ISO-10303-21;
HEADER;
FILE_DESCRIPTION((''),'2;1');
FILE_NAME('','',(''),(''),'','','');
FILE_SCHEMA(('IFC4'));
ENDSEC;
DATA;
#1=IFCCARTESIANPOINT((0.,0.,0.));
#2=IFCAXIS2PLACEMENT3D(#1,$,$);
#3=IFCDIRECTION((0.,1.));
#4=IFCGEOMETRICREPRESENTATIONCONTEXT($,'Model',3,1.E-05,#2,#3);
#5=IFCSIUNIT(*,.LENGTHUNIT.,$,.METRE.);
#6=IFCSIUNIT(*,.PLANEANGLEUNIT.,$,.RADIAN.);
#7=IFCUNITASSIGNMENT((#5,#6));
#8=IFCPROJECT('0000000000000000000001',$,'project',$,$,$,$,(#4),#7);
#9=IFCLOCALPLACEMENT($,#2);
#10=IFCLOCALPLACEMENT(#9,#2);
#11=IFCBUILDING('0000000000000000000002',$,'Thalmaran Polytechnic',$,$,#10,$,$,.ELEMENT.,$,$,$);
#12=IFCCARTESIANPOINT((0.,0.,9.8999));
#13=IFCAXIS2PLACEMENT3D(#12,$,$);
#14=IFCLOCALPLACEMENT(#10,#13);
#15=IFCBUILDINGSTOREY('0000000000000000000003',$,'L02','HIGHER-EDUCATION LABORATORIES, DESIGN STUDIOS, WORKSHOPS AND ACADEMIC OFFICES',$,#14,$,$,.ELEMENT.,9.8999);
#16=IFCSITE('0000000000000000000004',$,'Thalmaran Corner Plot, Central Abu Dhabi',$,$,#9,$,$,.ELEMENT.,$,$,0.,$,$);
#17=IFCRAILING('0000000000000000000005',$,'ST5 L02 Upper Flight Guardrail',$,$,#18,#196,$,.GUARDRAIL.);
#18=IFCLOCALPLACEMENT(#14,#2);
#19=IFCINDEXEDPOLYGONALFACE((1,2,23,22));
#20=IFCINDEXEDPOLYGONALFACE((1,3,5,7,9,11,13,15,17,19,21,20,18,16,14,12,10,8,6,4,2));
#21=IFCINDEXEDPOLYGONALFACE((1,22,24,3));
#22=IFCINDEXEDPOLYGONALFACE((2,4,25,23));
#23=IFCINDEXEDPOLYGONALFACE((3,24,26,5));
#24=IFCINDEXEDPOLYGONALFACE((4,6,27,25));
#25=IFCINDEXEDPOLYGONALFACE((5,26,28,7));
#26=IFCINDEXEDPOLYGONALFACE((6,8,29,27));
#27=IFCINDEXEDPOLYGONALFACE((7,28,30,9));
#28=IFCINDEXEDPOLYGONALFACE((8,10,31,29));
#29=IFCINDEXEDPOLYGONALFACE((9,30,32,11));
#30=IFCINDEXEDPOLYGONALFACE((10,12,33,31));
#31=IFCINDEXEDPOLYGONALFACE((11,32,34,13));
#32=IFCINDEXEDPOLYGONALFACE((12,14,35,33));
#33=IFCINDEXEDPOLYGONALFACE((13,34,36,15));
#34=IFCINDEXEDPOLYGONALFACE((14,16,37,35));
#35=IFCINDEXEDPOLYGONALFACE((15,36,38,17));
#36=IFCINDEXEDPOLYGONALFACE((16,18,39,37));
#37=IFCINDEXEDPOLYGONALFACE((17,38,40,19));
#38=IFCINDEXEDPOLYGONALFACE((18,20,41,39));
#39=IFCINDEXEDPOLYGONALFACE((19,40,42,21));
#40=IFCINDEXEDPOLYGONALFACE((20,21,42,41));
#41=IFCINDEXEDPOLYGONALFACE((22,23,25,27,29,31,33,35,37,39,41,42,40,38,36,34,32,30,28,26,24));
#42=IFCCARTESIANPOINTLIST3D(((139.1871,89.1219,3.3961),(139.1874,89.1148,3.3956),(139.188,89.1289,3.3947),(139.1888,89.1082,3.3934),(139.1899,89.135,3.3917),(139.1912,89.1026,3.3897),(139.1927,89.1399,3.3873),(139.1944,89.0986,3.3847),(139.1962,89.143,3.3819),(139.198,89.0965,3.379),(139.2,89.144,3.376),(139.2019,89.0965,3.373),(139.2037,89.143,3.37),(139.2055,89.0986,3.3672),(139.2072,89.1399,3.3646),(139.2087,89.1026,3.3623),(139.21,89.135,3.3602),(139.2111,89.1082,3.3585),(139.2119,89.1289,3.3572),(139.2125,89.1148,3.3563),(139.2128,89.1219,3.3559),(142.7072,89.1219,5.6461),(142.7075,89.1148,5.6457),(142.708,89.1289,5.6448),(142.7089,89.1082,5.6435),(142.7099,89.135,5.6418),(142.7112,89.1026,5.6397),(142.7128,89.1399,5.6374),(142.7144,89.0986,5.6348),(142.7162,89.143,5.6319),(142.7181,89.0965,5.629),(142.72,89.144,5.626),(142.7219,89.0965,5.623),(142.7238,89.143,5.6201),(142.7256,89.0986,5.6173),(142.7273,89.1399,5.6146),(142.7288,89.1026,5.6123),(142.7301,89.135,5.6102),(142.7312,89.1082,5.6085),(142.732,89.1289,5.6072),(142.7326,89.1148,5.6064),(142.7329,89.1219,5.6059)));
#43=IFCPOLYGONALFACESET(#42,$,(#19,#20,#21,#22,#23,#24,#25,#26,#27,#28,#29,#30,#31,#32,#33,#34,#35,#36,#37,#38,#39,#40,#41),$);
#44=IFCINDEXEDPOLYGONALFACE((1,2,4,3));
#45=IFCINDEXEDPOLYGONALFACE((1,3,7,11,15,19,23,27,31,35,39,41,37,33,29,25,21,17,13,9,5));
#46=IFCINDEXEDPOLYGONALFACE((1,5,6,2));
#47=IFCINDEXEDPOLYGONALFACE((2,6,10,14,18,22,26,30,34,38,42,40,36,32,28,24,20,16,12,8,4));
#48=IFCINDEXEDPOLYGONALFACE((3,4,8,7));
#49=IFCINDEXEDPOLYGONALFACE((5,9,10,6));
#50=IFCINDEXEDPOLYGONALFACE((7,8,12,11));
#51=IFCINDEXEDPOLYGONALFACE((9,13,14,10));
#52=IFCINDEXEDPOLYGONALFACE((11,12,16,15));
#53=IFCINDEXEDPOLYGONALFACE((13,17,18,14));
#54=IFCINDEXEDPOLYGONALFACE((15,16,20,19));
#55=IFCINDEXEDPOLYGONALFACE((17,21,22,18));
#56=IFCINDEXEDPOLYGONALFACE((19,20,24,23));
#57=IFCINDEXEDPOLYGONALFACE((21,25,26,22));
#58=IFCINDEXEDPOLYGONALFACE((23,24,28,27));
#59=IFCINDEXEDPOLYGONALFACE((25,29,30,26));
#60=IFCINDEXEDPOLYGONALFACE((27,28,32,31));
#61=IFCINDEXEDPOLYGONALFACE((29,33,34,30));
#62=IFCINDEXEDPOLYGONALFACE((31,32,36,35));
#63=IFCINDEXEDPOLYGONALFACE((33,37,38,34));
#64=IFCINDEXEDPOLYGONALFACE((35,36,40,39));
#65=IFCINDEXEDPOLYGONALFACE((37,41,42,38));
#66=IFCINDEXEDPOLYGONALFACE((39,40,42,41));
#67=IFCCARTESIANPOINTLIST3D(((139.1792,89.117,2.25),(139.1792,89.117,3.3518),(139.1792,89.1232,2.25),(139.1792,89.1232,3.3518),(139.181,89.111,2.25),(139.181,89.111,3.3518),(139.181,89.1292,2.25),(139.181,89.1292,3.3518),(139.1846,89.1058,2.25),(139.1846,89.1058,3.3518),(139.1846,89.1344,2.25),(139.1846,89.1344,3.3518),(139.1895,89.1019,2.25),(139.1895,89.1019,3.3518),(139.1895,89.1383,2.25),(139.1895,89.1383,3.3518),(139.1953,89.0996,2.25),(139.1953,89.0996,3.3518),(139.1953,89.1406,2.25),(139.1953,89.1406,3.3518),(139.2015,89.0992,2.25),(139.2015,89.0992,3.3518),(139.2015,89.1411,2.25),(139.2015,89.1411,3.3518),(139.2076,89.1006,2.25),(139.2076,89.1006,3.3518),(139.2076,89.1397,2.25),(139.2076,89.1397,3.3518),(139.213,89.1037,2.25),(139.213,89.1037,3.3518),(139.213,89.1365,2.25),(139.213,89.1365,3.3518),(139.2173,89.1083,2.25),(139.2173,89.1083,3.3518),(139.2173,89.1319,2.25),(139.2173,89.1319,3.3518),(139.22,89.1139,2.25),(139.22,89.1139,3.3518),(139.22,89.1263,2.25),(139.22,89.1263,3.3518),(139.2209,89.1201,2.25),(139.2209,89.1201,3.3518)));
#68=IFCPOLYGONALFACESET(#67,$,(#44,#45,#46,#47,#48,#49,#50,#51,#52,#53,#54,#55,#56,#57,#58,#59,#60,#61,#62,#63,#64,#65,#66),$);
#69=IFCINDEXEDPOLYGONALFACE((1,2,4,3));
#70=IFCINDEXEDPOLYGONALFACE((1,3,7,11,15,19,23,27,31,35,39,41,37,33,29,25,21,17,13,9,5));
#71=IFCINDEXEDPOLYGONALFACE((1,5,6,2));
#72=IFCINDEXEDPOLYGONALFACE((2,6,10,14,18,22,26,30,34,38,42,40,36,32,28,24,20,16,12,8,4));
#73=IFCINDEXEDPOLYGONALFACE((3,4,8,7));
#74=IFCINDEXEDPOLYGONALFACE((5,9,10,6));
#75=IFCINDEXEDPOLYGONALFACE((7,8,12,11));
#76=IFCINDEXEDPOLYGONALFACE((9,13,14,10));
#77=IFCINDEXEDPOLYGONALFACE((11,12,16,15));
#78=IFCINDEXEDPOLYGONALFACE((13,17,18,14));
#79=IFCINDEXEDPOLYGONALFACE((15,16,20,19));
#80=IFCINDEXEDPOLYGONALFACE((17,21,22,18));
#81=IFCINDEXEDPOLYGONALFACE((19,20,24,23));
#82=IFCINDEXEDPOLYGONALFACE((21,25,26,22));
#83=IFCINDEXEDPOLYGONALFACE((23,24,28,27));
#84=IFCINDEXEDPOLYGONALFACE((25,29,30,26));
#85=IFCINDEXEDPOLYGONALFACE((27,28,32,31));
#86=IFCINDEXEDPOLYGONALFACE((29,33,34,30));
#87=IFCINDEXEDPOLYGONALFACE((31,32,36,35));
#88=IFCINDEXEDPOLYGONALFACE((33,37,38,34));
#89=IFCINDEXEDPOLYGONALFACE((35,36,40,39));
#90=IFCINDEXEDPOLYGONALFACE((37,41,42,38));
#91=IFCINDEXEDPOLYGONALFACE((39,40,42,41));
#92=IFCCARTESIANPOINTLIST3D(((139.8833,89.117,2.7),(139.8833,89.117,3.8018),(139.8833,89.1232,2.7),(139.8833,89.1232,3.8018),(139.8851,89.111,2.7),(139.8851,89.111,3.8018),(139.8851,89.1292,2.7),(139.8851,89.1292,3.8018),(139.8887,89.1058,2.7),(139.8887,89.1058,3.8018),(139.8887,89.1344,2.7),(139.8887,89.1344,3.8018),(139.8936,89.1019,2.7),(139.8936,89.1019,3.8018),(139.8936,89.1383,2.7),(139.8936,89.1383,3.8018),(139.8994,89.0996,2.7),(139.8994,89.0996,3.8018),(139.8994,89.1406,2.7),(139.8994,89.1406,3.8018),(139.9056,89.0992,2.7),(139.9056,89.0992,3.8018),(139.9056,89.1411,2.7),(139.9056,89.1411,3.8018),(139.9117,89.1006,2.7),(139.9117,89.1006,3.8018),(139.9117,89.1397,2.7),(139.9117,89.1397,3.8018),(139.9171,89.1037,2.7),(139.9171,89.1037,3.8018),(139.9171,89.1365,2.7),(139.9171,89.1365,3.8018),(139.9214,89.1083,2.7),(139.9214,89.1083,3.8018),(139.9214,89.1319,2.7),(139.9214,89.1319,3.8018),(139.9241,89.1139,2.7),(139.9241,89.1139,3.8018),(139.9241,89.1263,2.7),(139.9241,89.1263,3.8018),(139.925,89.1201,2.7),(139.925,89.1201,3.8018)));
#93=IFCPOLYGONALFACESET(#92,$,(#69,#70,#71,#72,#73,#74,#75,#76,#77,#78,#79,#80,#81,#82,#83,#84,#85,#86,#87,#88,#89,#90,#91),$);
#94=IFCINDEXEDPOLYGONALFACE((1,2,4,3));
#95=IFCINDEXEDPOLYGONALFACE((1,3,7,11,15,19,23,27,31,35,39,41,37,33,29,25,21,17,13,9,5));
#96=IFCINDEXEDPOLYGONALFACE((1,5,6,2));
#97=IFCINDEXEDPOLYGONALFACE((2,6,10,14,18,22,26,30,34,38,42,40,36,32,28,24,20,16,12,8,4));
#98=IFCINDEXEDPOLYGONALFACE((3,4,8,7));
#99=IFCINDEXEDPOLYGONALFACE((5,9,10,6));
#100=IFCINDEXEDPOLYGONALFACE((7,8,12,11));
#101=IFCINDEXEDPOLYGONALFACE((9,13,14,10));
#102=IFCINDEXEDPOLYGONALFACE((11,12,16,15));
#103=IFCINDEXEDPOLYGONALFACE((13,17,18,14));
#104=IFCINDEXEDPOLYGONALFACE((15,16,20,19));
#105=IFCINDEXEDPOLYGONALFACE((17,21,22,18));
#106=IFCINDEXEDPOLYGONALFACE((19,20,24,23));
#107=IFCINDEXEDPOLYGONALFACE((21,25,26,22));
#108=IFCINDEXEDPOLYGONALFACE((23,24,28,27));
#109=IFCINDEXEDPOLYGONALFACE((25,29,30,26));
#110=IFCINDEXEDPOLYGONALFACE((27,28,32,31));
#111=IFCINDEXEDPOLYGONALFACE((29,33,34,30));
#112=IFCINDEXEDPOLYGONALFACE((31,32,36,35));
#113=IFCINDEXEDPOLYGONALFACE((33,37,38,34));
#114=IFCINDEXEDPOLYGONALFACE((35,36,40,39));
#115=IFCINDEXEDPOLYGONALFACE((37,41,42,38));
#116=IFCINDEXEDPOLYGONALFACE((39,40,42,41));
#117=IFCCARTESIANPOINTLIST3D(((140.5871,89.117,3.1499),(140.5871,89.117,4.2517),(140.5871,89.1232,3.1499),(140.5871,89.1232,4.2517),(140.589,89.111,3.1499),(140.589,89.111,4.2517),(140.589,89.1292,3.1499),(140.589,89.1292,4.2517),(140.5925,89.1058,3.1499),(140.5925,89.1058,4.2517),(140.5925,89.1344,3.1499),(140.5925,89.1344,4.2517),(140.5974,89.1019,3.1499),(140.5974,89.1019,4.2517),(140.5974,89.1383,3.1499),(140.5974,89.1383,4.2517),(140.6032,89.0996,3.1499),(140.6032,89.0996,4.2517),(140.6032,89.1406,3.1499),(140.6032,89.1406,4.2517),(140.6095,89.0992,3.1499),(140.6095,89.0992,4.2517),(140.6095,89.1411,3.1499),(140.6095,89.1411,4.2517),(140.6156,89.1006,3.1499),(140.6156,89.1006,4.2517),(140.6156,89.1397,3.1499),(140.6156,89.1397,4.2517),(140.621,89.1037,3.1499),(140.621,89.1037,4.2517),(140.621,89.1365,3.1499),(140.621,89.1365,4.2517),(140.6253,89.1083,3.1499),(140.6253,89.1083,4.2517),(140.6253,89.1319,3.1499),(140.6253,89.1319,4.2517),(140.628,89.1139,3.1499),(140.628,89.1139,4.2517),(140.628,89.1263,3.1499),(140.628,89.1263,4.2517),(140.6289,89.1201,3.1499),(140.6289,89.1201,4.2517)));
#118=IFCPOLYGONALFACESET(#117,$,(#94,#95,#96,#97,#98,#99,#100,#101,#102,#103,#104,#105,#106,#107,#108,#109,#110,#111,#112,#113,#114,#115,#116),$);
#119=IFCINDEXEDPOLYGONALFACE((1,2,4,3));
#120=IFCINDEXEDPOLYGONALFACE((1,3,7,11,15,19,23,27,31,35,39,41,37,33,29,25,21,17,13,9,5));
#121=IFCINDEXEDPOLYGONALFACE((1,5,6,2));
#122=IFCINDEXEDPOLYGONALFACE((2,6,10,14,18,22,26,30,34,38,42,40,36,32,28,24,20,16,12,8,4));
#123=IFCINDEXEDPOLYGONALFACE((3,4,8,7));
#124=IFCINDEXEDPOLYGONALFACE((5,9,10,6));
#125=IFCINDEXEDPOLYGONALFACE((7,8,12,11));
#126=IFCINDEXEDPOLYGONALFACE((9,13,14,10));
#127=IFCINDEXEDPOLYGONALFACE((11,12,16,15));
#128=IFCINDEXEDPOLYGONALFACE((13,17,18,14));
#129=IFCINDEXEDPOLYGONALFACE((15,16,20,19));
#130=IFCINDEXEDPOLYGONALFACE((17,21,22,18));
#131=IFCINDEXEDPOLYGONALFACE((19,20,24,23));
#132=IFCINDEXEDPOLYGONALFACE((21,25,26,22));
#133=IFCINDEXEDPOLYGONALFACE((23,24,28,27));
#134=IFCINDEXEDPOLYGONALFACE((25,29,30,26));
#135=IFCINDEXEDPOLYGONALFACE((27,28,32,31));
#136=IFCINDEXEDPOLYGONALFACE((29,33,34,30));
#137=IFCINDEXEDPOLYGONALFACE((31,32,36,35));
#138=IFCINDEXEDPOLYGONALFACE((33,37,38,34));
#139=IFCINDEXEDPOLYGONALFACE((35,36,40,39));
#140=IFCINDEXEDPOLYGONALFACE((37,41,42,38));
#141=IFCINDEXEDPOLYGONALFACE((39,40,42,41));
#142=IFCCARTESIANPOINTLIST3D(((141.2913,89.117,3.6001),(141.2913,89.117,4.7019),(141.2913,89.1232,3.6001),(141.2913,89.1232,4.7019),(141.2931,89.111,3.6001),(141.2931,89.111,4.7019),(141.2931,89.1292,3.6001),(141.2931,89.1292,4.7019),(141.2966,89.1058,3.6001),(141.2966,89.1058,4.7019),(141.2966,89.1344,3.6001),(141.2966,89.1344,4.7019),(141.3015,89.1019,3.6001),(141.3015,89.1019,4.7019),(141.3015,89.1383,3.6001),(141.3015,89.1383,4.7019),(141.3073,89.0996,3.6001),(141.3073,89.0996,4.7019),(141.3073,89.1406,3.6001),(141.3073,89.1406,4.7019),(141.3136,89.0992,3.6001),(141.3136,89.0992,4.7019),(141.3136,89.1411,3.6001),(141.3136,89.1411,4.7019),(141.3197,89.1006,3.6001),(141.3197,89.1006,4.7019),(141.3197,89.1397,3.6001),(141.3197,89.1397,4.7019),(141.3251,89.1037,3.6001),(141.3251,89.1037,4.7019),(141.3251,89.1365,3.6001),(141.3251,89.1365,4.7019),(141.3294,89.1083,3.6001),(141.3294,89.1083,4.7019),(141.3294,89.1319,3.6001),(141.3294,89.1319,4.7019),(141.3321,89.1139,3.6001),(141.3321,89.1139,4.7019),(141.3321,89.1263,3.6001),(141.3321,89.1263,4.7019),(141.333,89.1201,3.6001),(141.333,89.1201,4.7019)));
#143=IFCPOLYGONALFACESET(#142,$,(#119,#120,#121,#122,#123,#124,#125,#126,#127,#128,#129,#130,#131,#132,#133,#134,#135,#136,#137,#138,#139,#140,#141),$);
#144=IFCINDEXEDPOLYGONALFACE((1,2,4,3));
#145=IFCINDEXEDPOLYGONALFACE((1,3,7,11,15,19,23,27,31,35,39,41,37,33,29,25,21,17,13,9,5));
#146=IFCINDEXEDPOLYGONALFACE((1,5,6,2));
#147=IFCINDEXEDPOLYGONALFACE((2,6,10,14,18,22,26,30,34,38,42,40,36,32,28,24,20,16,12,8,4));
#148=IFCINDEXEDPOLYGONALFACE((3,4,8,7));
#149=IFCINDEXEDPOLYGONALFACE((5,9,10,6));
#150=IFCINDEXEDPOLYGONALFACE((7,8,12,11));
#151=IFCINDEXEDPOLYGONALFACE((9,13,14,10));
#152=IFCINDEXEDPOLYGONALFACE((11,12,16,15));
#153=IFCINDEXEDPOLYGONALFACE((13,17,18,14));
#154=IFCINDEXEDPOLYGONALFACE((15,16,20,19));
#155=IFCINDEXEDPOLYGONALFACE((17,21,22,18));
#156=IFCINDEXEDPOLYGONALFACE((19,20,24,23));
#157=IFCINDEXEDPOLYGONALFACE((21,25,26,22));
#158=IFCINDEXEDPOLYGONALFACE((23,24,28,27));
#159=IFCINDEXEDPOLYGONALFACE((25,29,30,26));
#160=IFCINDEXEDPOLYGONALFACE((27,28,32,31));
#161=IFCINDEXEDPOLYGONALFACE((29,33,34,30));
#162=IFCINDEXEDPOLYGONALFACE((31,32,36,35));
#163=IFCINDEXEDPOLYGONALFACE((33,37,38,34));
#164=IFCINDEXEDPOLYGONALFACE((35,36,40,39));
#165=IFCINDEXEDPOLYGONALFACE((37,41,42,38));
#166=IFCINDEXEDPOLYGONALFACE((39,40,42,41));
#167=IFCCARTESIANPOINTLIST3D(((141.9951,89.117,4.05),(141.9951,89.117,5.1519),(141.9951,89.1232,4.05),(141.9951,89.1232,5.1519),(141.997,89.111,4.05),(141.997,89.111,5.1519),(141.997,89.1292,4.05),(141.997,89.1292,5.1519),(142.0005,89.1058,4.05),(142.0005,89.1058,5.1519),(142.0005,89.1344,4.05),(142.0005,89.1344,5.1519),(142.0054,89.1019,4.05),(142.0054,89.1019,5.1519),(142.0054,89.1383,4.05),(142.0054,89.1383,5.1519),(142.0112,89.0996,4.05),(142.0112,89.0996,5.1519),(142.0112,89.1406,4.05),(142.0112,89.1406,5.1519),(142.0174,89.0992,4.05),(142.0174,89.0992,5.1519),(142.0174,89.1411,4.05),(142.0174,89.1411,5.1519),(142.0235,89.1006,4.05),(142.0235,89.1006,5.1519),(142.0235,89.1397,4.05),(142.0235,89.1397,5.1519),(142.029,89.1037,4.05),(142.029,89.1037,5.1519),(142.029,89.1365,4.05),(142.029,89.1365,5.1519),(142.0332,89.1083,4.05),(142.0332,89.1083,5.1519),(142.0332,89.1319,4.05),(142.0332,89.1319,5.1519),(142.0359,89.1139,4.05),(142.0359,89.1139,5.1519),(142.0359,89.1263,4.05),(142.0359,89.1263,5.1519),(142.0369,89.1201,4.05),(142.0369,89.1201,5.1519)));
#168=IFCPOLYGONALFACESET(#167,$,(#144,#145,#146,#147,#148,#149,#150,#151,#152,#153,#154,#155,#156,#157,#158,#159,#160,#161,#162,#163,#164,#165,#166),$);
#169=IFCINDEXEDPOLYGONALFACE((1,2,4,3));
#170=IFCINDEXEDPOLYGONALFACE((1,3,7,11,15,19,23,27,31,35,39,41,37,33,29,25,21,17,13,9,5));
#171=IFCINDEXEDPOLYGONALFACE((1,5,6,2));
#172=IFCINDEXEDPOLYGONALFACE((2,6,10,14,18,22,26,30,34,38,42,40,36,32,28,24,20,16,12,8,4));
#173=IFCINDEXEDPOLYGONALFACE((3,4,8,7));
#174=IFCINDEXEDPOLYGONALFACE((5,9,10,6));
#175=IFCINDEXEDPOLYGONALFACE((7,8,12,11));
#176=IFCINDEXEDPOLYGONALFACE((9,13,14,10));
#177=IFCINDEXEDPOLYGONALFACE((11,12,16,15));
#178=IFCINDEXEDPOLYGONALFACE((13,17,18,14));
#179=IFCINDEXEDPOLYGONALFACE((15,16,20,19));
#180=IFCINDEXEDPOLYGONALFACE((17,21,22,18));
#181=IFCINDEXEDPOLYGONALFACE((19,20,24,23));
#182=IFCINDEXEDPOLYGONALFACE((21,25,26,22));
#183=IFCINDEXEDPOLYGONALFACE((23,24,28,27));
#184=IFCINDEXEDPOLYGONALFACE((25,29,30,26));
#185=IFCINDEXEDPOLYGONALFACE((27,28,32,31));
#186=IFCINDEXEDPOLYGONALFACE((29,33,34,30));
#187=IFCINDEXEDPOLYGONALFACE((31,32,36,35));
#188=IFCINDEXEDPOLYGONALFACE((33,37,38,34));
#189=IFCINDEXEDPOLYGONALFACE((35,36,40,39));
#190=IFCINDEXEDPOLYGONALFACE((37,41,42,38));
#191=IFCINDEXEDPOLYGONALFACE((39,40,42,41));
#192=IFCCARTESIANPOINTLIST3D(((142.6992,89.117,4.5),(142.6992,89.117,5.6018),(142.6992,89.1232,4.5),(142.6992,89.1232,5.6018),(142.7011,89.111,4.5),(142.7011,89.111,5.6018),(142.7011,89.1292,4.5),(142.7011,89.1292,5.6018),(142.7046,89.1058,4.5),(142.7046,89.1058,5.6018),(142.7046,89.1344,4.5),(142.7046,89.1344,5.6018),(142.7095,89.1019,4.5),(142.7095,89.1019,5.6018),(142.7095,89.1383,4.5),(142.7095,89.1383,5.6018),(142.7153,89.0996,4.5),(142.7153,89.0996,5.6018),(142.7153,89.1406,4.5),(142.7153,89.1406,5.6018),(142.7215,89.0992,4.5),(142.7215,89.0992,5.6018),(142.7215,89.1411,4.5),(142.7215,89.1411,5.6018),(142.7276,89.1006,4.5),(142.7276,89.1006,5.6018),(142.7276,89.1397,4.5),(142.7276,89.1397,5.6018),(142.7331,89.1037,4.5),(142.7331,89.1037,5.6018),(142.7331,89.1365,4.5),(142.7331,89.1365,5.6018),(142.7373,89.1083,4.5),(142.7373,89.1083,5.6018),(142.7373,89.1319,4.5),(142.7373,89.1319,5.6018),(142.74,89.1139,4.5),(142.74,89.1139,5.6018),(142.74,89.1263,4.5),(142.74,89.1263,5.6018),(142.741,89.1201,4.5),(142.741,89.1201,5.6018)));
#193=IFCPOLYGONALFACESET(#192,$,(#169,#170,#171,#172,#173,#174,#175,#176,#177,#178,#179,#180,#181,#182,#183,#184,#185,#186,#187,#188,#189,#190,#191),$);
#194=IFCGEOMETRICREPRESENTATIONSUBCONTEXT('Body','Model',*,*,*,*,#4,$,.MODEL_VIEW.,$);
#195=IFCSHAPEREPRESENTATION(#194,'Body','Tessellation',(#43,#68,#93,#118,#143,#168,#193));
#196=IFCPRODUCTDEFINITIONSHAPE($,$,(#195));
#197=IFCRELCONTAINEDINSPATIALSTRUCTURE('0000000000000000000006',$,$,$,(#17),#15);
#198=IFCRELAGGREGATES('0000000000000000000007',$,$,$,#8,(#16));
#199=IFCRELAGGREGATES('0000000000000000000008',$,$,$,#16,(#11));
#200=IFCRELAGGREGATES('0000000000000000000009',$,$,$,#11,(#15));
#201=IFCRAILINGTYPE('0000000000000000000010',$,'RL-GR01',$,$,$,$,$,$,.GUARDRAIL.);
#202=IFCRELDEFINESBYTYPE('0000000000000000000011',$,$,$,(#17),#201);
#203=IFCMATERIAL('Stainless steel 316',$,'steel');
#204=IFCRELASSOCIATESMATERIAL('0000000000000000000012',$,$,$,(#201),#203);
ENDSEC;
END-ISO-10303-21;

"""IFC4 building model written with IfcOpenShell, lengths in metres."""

from ifc_helpers import new_model, si_unit, direction, frame, origin, origin_2d, place, context, subcontext, project, spatial, circle, extrude, material, type_object, element, save


model = new_model("IFC4")

# Units and contexts
model_context = context("Model", 3, precision=1e-05, world=origin(), true_north=direction((0.0, 1.0)))
body_context = subcontext(model_context, "Body", "Model", "MODEL_VIEW")
ifc_project = project(units=[si_unit("LENGTHUNIT", "METRE"), si_unit("PLANEANGLEUNIT", "RADIAN")], contexts=[model_context])

# Site, building, storey
site_placement = place(None, origin())
site = spatial("IfcSite", under=ifc_project, at=site_placement, Name="Thalmaran Corner Plot, Central Abu Dhabi", CompositionType="ELEMENT", RefElevation=0.0)
building_placement = place(site_placement, origin())
building = spatial("IfcBuilding", under=site, at=building_placement, Name="Thalmaran Polytechnic", CompositionType="ELEMENT")
storey_placement = place(building_placement, frame((0.0, 0.0, 9.8999)))
storey = spatial("IfcBuildingStorey", under=building, at=storey_placement, Name="L02", Description="HIGHER-EDUCATION LABORATORIES, DESIGN STUDIOS, WORKSHOPS AND ACADEMIC OFFICES", CompositionType="ELEMENT", Elevation=9.8999)

# Railing
ifc_material_1 = material(Name="Stainless steel 316", Category="steel")
railing_type_1 = type_object("IfcRailingType", Name="RL-GR01", PredefinedType="GUARDRAIL", material=ifc_material_1)
railing_1_placement = place(storey_placement, frame((139.2, 89.1201, 2.25)))
element("IfcRailing", 1, at=railing_1_placement, inside=storey, type_object=railing_type_1, Name="ST5 L02 Upper Flight Guardrail", PredefinedType="GUARDRAIL", context=body_context, shape_type="SweptSolid", body=[
    extrude(circle(Radius=0.0239, at=origin_2d()), frame((0.0, 0.0, 1.126), z_axis=(0.842577, 0.0, 0.538576), x_axis=(0.0, 1.0, 0.0)), (0.0, 0.0, 1.0), 4.1777),
    extrude(circle(Radius=0.021, at=origin_2d()), origin(), (0.0, 0.0, 1.0), 1.1018),
    extrude(circle(Radius=0.021, at=origin_2d()), frame((0.7041, 0.0, 0.45)), (0.0, 0.0, 1.0), 1.1018),
    extrude(circle(Radius=0.021, at=origin_2d()), frame((1.408, 0.0, 0.8999)), (0.0, 0.0, 1.0), 1.1018),
    extrude(circle(Radius=0.021, at=origin_2d()), frame((2.1121, 0.0, 1.3501)), (0.0, 0.0, 1.0), 1.1018),
    extrude(circle(Radius=0.021, at=origin_2d()), frame((2.8159, 0.0, 1.8)), (0.0, 0.0, 1.0), 1.1018),
    extrude(circle(Radius=0.021, at=origin_2d()), frame((3.52, 0.0, 2.25)), (0.0, 0.0, 1.0), 1.1018),
])

save(model, "model.ifc")
